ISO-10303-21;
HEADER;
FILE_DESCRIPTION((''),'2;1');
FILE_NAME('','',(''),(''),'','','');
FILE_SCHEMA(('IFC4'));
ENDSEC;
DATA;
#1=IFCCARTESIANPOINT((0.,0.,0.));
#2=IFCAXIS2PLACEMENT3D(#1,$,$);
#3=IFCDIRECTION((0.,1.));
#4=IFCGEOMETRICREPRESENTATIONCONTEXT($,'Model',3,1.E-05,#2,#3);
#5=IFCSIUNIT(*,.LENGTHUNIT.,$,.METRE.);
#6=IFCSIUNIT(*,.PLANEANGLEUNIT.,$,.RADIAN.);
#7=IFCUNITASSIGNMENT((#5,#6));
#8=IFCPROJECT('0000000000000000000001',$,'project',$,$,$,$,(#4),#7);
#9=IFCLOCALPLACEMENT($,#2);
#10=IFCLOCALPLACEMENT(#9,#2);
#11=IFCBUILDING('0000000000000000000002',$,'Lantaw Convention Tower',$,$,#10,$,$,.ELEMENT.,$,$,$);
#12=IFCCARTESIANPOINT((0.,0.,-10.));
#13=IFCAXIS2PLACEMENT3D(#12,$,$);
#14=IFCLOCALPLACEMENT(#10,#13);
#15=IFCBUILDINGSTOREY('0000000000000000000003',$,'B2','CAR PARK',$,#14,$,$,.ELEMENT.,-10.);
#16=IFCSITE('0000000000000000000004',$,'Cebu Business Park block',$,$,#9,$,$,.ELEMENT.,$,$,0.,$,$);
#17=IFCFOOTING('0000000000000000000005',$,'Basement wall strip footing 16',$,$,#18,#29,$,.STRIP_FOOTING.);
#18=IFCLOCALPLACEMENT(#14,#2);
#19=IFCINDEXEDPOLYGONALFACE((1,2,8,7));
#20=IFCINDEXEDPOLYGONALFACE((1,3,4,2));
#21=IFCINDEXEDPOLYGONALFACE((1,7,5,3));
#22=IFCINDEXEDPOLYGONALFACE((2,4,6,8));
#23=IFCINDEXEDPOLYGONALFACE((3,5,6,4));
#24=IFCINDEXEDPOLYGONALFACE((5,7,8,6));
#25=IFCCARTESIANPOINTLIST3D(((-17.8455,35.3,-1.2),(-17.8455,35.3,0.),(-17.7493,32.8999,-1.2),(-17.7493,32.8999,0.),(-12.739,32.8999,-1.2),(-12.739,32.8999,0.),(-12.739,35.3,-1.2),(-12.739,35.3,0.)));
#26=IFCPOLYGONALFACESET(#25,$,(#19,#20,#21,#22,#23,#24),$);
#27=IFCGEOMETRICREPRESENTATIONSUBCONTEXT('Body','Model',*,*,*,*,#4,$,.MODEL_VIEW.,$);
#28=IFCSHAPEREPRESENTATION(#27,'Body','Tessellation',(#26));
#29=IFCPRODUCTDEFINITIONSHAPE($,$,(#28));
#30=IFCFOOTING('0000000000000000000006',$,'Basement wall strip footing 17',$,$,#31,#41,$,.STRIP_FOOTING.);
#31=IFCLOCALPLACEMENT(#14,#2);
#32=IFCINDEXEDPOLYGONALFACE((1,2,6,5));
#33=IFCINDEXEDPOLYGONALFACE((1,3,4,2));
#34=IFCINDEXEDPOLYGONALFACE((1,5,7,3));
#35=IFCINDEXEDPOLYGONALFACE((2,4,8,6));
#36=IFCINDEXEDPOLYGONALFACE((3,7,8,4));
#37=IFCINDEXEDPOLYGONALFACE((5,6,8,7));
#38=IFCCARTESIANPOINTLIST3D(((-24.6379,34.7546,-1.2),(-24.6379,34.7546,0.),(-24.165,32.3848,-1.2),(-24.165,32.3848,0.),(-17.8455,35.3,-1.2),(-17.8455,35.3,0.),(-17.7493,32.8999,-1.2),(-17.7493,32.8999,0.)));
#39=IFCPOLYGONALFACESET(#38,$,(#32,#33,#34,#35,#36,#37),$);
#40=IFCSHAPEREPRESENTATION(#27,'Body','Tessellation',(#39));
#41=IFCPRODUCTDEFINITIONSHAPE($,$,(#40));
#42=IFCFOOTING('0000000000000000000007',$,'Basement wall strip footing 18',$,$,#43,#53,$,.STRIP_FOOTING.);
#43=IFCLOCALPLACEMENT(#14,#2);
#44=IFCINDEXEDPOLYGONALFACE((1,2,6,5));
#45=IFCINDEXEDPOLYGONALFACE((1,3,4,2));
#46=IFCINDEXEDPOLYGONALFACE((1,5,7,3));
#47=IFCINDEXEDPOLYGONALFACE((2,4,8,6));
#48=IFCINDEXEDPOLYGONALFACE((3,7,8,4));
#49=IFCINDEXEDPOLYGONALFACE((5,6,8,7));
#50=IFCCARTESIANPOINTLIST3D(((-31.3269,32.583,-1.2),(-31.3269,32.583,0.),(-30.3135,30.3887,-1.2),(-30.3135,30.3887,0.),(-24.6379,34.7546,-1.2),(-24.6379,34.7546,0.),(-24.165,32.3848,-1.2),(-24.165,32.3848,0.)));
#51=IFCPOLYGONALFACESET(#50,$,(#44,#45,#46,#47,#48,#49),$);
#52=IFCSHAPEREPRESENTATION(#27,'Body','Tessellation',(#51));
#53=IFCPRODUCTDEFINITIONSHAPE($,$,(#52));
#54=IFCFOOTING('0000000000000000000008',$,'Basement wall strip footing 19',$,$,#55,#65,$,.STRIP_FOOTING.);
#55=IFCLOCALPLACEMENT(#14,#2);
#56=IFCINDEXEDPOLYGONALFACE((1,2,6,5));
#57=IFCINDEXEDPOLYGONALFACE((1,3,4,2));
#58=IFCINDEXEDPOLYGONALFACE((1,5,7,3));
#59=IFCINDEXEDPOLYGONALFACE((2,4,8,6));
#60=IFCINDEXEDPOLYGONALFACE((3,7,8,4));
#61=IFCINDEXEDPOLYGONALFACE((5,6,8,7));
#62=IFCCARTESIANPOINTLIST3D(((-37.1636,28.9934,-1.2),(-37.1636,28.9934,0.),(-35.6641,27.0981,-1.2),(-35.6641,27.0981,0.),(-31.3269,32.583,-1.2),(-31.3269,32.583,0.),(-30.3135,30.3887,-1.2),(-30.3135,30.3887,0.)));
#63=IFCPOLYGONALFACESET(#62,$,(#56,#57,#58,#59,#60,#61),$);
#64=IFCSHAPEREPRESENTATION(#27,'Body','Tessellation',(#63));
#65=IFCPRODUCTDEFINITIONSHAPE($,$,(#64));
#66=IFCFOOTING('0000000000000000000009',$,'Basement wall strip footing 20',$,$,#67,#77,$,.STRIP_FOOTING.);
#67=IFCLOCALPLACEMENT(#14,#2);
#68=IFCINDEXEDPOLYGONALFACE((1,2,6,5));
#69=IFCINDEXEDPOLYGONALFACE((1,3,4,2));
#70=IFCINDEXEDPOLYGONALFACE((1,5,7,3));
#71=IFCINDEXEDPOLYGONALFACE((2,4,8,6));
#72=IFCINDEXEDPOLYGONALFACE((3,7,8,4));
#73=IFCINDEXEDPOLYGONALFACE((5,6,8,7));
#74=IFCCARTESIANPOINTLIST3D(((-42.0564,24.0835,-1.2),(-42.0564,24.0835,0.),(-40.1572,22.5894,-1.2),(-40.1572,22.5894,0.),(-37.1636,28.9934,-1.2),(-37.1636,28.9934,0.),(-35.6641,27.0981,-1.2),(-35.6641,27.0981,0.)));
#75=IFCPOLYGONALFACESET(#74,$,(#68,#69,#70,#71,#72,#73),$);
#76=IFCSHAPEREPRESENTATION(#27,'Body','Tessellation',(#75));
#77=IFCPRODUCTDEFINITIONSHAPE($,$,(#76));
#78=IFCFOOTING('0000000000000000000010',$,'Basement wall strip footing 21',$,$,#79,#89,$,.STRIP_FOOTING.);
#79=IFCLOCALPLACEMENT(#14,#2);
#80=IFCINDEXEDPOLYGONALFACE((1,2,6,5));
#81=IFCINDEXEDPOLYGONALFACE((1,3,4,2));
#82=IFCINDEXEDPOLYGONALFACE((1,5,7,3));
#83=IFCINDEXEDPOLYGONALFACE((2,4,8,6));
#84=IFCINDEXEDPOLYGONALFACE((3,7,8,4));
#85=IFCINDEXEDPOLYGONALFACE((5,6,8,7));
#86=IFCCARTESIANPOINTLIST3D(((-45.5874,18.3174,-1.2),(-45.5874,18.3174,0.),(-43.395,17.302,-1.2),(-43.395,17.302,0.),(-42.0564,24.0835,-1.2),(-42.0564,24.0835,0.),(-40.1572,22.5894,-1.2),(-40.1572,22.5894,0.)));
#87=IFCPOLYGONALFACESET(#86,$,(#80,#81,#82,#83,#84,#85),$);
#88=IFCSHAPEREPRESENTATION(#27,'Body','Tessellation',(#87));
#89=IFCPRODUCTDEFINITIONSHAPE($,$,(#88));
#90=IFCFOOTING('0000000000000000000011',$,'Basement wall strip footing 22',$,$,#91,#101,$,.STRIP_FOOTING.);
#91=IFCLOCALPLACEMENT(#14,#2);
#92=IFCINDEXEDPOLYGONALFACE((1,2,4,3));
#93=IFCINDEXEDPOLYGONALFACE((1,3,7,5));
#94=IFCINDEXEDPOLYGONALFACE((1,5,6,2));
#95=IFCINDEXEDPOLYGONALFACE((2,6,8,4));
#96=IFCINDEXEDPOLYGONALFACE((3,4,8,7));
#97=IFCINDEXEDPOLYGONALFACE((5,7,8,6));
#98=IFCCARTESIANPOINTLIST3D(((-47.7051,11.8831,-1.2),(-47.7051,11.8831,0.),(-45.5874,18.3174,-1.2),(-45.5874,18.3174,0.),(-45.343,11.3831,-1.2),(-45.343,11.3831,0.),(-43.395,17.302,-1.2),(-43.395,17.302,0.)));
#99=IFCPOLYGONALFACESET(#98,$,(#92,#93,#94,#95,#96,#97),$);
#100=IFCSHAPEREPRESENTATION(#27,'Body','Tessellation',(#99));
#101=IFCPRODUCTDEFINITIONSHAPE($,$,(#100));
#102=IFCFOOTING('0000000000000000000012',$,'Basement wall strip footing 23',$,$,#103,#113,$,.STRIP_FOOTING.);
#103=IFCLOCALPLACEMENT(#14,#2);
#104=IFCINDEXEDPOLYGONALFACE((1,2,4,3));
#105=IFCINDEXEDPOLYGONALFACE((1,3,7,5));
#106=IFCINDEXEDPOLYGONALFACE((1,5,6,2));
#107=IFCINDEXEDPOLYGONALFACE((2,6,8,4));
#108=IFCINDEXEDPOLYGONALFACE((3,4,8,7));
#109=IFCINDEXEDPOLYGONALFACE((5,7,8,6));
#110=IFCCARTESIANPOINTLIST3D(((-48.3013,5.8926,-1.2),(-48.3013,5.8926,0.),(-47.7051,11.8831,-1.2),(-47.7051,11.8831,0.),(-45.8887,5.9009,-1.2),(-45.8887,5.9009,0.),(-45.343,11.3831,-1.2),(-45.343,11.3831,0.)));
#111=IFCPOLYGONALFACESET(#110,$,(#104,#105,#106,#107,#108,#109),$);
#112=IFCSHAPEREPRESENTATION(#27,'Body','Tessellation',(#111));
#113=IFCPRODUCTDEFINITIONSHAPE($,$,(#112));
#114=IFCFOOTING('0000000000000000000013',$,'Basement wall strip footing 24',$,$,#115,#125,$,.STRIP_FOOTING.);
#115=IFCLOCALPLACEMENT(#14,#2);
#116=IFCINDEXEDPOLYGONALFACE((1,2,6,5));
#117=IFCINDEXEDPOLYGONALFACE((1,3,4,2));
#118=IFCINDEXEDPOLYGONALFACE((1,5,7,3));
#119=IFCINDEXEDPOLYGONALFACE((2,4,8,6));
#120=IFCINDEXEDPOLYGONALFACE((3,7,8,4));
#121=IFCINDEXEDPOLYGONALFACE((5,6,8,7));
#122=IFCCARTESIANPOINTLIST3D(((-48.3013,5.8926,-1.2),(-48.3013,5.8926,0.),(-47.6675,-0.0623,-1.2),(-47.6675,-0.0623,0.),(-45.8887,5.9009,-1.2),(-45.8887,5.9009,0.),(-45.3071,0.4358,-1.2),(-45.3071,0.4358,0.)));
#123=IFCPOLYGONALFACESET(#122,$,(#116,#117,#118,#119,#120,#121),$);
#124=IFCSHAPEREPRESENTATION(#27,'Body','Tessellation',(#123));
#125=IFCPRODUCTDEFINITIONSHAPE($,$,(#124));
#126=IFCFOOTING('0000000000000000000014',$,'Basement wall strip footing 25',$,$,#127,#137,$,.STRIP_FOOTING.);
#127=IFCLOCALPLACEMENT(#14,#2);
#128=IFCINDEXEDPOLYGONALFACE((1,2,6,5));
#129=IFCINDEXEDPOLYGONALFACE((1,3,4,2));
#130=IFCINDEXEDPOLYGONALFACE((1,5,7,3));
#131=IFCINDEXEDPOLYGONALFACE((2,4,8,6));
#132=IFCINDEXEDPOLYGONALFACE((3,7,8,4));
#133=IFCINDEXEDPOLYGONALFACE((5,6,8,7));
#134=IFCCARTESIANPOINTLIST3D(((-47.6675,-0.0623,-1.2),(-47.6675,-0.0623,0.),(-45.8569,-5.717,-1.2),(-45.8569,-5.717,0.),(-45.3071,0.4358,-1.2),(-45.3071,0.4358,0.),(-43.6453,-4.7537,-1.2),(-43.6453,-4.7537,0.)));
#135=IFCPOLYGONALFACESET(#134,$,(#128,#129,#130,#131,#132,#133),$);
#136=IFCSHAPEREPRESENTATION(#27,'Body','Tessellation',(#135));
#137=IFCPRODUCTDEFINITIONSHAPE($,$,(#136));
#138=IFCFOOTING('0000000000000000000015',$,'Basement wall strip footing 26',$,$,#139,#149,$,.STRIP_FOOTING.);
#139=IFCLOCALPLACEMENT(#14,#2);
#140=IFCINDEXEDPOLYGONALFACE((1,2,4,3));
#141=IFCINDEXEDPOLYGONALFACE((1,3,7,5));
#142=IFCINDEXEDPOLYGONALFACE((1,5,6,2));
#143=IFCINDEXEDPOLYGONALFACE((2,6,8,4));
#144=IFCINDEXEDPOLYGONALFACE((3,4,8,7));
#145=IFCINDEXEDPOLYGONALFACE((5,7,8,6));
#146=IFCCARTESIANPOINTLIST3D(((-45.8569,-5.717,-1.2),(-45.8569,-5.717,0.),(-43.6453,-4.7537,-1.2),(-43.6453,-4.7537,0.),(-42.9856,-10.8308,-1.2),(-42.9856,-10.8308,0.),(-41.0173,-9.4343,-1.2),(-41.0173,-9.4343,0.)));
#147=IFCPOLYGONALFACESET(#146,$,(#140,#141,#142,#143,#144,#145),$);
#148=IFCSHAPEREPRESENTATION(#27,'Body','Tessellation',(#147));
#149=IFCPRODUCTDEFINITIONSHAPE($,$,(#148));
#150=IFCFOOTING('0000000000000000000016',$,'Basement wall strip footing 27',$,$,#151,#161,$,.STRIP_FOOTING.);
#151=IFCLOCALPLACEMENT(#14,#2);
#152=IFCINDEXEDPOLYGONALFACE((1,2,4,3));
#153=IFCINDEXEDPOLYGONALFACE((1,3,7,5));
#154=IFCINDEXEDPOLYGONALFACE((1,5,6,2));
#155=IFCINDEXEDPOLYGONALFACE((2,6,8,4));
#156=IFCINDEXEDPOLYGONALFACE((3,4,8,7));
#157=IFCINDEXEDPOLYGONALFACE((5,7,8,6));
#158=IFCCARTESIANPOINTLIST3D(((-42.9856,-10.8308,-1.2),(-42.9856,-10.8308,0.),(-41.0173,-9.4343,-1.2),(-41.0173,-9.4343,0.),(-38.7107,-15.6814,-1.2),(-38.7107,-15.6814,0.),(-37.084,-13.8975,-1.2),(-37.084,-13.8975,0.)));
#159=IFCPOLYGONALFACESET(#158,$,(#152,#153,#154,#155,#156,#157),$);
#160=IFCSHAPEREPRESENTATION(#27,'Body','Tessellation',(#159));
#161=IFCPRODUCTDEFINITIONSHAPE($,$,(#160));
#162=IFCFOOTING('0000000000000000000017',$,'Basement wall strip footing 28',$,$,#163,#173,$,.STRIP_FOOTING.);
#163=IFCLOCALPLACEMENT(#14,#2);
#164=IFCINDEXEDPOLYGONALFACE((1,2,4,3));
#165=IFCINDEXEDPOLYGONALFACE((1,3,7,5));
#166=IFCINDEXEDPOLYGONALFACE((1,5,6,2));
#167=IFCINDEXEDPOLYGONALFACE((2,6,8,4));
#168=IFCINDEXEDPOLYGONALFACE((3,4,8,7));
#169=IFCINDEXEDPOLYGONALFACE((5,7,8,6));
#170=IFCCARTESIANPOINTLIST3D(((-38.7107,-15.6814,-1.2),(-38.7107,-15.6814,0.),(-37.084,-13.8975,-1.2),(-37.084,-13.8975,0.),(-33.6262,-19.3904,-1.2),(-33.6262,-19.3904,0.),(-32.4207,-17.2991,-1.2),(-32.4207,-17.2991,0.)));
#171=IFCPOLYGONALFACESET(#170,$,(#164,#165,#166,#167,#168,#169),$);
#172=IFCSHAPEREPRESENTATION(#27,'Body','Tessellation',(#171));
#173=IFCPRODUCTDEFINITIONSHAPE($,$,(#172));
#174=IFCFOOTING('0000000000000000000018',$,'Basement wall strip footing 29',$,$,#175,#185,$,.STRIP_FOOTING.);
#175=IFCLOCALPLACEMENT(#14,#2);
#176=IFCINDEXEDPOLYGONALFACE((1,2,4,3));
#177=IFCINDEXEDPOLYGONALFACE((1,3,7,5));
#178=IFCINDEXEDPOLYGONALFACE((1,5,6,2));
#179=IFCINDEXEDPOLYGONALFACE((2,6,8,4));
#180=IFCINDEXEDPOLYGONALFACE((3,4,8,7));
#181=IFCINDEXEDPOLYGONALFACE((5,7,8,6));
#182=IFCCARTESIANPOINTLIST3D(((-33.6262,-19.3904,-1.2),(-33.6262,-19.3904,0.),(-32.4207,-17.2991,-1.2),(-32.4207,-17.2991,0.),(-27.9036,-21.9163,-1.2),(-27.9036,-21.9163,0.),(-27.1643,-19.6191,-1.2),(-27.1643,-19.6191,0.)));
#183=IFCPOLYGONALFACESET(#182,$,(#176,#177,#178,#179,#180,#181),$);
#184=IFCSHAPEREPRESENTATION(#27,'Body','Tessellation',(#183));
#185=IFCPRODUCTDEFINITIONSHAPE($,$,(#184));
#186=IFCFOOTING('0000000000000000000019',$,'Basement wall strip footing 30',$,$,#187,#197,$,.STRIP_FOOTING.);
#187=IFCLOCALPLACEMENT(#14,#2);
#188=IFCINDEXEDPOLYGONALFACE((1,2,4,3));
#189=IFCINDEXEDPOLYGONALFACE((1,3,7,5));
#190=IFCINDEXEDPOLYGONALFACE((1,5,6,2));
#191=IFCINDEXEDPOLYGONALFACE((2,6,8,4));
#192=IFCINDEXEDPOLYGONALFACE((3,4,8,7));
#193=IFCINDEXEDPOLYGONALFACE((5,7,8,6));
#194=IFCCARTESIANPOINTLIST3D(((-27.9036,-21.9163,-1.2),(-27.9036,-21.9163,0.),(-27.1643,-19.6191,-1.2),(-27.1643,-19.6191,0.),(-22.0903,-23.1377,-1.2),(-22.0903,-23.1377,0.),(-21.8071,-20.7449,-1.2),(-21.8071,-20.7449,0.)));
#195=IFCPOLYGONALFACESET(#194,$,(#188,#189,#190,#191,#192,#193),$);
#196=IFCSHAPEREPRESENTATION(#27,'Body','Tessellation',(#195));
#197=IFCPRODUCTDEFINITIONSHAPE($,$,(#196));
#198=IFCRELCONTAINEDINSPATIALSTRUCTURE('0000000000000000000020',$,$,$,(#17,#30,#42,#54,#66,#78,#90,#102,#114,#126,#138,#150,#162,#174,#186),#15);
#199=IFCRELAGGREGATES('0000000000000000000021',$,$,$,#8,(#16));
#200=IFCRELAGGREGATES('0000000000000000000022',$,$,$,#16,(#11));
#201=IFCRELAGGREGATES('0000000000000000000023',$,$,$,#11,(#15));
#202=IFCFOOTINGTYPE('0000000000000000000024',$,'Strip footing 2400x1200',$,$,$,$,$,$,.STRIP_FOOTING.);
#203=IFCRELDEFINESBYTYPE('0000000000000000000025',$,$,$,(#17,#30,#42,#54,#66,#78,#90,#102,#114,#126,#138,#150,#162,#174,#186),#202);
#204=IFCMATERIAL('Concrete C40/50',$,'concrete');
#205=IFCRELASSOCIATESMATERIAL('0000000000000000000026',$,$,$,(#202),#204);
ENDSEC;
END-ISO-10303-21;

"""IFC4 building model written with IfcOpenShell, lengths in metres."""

from ifc_helpers import new_model, si_unit, direction, frame, origin, place, context, subcontext, project, spatial, polyline, outline, extrude, material, type_object, element, save


model = new_model("IFC4")

# Units and contexts
model_context = context("Model", 3, precision=1e-05, world=origin(), true_north=direction((0.0, 1.0)))
body_context = subcontext(model_context, "Body", "Model", "MODEL_VIEW")
ifc_project = project(units=[si_unit("LENGTHUNIT", "METRE"), si_unit("PLANEANGLEUNIT", "RADIAN")], contexts=[model_context])

# Site, building, storey
site_placement = place(None, origin())
site = spatial("IfcSite", under=ifc_project, at=site_placement, Name="Cebu Business Park block", CompositionType="ELEMENT", RefElevation=0.0)
building_placement = place(site_placement, origin())
building = spatial("IfcBuilding", under=site, at=building_placement, Name="Lantaw Convention Tower", CompositionType="ELEMENT")
storey_placement = place(building_placement, frame((0.0, 0.0, -10.0)))
storey = spatial("IfcBuildingStorey", under=building, at=storey_placement, Name="B2", Description="CAR PARK", CompositionType="ELEMENT", Elevation=-10.0)

# Footings
ifc_material = material(Name="Concrete C40/50", Category="concrete")
footing_type = type_object("IfcFootingType", Name="Strip footing 2400x1200", PredefinedType="STRIP_FOOTING", material=ifc_material)
footing_1_placement = place(storey_placement, frame((0.0, 0.0, -1.2)))
element("IfcFooting", 1, at=footing_1_placement, inside=storey, type_object=footing_type, Name="Basement wall strip footing 16", PredefinedType="STRIP_FOOTING", context=body_context, shape_type="SweptSolid", body=[
    extrude(outline(polyline([(-12.739, 35.3), (-17.8455, 35.3), (-17.7493, 32.8999), (-12.739, 32.8999), (-12.739, 35.3)])), origin(), (0.0, 0.0, 1.0), 1.2),
])
footing_2_placement = place(storey_placement, frame((0.0, 0.0, -1.2)))
element("IfcFooting", 2, at=footing_2_placement, inside=storey, type_object=footing_type, Name="Basement wall strip footing 17", PredefinedType="STRIP_FOOTING", context=body_context, shape_type="SweptSolid", body=[
    extrude(outline(polyline([(-17.8455, 35.3), (-24.6379, 34.7546), (-24.165, 32.3848), (-17.7493, 32.8999), (-17.8455, 35.3)])), origin(), (0.0, 0.0, 1.0), 1.2),
])
footing_3_placement = place(storey_placement, frame((0.0, 0.0, -1.2)))
element("IfcFooting", 3, at=footing_3_placement, inside=storey, type_object=footing_type, Name="Basement wall strip footing 18", PredefinedType="STRIP_FOOTING", context=body_context, shape_type="SweptSolid", body=[
    extrude(outline(polyline([(-24.6379, 34.7546), (-31.3269, 32.583), (-30.3135, 30.3887), (-24.165, 32.3848), (-24.6379, 34.7546)])), origin(), (0.0, 0.0, 1.0), 1.2),
])
footing_4_placement = place(storey_placement, frame((0.0, 0.0, -1.2)))
element("IfcFooting", 4, at=footing_4_placement, inside=storey, type_object=footing_type, Name="Basement wall strip footing 19", PredefinedType="STRIP_FOOTING", context=body_context, shape_type="SweptSolid", body=[
    extrude(outline(polyline([(-31.3269, 32.583), (-37.1636, 28.9934), (-35.6641, 27.0981), (-30.3135, 30.3887), (-31.3269, 32.583)])), origin(), (0.0, 0.0, 1.0), 1.2),
])
footing_5_placement = place(storey_placement, frame((0.0, 0.0, -1.2)))
element("IfcFooting", 5, at=footing_5_placement, inside=storey, type_object=footing_type, Name="Basement wall strip footing 20", PredefinedType="STRIP_FOOTING", context=body_context, shape_type="SweptSolid", body=[
    extrude(outline(polyline([(-37.1636, 28.9934), (-42.0564, 24.0835), (-40.1572, 22.5894), (-35.6641, 27.0981), (-37.1636, 28.9934)])), origin(), (0.0, 0.0, 1.0), 1.2),
])
footing_6_placement = place(storey_placement, frame((0.0, 0.0, -1.2)))
element("IfcFooting", 6, at=footing_6_placement, inside=storey, type_object=footing_type, Name="Basement wall strip footing 21", PredefinedType="STRIP_FOOTING", context=body_context, shape_type="SweptSolid", body=[
    extrude(outline(polyline([(-42.0564, 24.0835), (-45.5874, 18.3174), (-43.395, 17.302), (-40.1572, 22.5894), (-42.0564, 24.0835)])), origin(), (0.0, 0.0, 1.0), 1.2),
])
footing_7_placement = place(storey_placement, frame((0.0, 0.0, -1.2)))
element("IfcFooting", 7, at=footing_7_placement, inside=storey, type_object=footing_type, Name="Basement wall strip footing 22", PredefinedType="STRIP_FOOTING", context=body_context, shape_type="SweptSolid", body=[
    extrude(outline(polyline([(-45.5874, 18.3174), (-47.7051, 11.8831), (-45.343, 11.3831), (-43.395, 17.302), (-45.5874, 18.3174)])), origin(), (0.0, 0.0, 1.0), 1.2),
])
footing_8_placement = place(storey_placement, frame((0.0, 0.0, -1.2)))
element("IfcFooting", 8, at=footing_8_placement, inside=storey, type_object=footing_type, Name="Basement wall strip footing 23", PredefinedType="STRIP_FOOTING", context=body_context, shape_type="SweptSolid", body=[
    extrude(outline(polyline([(-47.7051, 11.8831), (-48.3013, 5.8926), (-45.8887, 5.9009), (-45.343, 11.3831), (-47.7051, 11.8831)])), origin(), (0.0, 0.0, 1.0), 1.2),
])
footing_9_placement = place(storey_placement, frame((0.0, 0.0, -1.2)))
element("IfcFooting", 9, at=footing_9_placement, inside=storey, type_object=footing_type, Name="Basement wall strip footing 24", PredefinedType="STRIP_FOOTING", context=body_context, shape_type="SweptSolid", body=[
    extrude(outline(polyline([(-48.3013, 5.8926), (-47.6675, -0.0623), (-45.3071, 0.4358), (-45.8887, 5.9009), (-48.3013, 5.8926)])), origin(), (0.0, 0.0, 1.0), 1.2),
])
footing_10_placement = place(storey_placement, frame((0.0, 0.0, -1.2)))
element("IfcFooting", 10, at=footing_10_placement, inside=storey, type_object=footing_type, Name="Basement wall strip footing 25", PredefinedType="STRIP_FOOTING", context=body_context, shape_type="SweptSolid", body=[
    extrude(outline(polyline([(-47.6675, -0.0623), (-45.8569, -5.717), (-43.6453, -4.7537), (-45.3071, 0.4358), (-47.6675, -0.0623)])), origin(), (0.0, 0.0, 1.0), 1.2),
])
footing_11_placement = place(storey_placement, frame((0.0, 0.0, -1.2)))
element("IfcFooting", 11, at=footing_11_placement, inside=storey, type_object=footing_type, Name="Basement wall strip footing 26", PredefinedType="STRIP_FOOTING", context=body_context, shape_type="SweptSolid", body=[
    extrude(outline(polyline([(-45.8569, -5.717), (-42.9856, -10.8308), (-41.0173, -9.4343), (-43.6453, -4.7537), (-45.8569, -5.717)])), origin(), (0.0, 0.0, 1.0), 1.2),
])
footing_12_placement = place(storey_placement, frame((0.0, 0.0, -1.2)))
element("IfcFooting", 12, at=footing_12_placement, inside=storey, type_object=footing_type, Name="Basement wall strip footing 27", PredefinedType="STRIP_FOOTING", context=body_context, shape_type="SweptSolid", body=[
    extrude(outline(polyline([(-42.9856, -10.8308), (-38.7107, -15.6814), (-37.084, -13.8975), (-41.0173, -9.4343), (-42.9856, -10.8308)])), origin(), (0.0, 0.0, 1.0), 1.2),
])
footing_13_placement = place(storey_placement, frame((0.0, 0.0, -1.2)))
element("IfcFooting", 13, at=footing_13_placement, inside=storey, type_object=footing_type, Name="Basement wall strip footing 28", PredefinedType="STRIP_FOOTING", context=body_context, shape_type="SweptSolid", body=[
    extrude(outline(polyline([(-38.7107, -15.6814), (-33.6262, -19.3904), (-32.4207, -17.2991), (-37.084, -13.8975), (-38.7107, -15.6814)])), origin(), (0.0, 0.0, 1.0), 1.2),
])
footing_14_placement = place(storey_placement, frame((0.0, 0.0, -1.2)))
element("IfcFooting", 14, at=footing_14_placement, inside=storey, type_object=footing_type, Name="Basement wall strip footing 29", PredefinedType="STRIP_FOOTING", context=body_context, shape_type="SweptSolid", body=[
    extrude(outline(polyline([(-33.6262, -19.3904), (-27.9036, -21.9163), (-27.1643, -19.6191), (-32.4207, -17.2991), (-33.6262, -19.3904)])), origin(), (0.0, 0.0, 1.0), 1.2),
])
footing_15_placement = place(storey_placement, frame((0.0, 0.0, -1.2)))
element("IfcFooting", 15, at=footing_15_placement, inside=storey, type_object=footing_type, Name="Basement wall strip footing 30", PredefinedType="STRIP_FOOTING", context=body_context, shape_type="SweptSolid", body=[
    extrude(outline(polyline([(-27.9036, -21.9163), (-22.0903, -23.1377), (-21.8071, -20.7449), (-27.1643, -19.6191), (-27.9036, -21.9163)])), origin(), (0.0, 0.0, 1.0), 1.2),
])

save(model, "model.ifc")
